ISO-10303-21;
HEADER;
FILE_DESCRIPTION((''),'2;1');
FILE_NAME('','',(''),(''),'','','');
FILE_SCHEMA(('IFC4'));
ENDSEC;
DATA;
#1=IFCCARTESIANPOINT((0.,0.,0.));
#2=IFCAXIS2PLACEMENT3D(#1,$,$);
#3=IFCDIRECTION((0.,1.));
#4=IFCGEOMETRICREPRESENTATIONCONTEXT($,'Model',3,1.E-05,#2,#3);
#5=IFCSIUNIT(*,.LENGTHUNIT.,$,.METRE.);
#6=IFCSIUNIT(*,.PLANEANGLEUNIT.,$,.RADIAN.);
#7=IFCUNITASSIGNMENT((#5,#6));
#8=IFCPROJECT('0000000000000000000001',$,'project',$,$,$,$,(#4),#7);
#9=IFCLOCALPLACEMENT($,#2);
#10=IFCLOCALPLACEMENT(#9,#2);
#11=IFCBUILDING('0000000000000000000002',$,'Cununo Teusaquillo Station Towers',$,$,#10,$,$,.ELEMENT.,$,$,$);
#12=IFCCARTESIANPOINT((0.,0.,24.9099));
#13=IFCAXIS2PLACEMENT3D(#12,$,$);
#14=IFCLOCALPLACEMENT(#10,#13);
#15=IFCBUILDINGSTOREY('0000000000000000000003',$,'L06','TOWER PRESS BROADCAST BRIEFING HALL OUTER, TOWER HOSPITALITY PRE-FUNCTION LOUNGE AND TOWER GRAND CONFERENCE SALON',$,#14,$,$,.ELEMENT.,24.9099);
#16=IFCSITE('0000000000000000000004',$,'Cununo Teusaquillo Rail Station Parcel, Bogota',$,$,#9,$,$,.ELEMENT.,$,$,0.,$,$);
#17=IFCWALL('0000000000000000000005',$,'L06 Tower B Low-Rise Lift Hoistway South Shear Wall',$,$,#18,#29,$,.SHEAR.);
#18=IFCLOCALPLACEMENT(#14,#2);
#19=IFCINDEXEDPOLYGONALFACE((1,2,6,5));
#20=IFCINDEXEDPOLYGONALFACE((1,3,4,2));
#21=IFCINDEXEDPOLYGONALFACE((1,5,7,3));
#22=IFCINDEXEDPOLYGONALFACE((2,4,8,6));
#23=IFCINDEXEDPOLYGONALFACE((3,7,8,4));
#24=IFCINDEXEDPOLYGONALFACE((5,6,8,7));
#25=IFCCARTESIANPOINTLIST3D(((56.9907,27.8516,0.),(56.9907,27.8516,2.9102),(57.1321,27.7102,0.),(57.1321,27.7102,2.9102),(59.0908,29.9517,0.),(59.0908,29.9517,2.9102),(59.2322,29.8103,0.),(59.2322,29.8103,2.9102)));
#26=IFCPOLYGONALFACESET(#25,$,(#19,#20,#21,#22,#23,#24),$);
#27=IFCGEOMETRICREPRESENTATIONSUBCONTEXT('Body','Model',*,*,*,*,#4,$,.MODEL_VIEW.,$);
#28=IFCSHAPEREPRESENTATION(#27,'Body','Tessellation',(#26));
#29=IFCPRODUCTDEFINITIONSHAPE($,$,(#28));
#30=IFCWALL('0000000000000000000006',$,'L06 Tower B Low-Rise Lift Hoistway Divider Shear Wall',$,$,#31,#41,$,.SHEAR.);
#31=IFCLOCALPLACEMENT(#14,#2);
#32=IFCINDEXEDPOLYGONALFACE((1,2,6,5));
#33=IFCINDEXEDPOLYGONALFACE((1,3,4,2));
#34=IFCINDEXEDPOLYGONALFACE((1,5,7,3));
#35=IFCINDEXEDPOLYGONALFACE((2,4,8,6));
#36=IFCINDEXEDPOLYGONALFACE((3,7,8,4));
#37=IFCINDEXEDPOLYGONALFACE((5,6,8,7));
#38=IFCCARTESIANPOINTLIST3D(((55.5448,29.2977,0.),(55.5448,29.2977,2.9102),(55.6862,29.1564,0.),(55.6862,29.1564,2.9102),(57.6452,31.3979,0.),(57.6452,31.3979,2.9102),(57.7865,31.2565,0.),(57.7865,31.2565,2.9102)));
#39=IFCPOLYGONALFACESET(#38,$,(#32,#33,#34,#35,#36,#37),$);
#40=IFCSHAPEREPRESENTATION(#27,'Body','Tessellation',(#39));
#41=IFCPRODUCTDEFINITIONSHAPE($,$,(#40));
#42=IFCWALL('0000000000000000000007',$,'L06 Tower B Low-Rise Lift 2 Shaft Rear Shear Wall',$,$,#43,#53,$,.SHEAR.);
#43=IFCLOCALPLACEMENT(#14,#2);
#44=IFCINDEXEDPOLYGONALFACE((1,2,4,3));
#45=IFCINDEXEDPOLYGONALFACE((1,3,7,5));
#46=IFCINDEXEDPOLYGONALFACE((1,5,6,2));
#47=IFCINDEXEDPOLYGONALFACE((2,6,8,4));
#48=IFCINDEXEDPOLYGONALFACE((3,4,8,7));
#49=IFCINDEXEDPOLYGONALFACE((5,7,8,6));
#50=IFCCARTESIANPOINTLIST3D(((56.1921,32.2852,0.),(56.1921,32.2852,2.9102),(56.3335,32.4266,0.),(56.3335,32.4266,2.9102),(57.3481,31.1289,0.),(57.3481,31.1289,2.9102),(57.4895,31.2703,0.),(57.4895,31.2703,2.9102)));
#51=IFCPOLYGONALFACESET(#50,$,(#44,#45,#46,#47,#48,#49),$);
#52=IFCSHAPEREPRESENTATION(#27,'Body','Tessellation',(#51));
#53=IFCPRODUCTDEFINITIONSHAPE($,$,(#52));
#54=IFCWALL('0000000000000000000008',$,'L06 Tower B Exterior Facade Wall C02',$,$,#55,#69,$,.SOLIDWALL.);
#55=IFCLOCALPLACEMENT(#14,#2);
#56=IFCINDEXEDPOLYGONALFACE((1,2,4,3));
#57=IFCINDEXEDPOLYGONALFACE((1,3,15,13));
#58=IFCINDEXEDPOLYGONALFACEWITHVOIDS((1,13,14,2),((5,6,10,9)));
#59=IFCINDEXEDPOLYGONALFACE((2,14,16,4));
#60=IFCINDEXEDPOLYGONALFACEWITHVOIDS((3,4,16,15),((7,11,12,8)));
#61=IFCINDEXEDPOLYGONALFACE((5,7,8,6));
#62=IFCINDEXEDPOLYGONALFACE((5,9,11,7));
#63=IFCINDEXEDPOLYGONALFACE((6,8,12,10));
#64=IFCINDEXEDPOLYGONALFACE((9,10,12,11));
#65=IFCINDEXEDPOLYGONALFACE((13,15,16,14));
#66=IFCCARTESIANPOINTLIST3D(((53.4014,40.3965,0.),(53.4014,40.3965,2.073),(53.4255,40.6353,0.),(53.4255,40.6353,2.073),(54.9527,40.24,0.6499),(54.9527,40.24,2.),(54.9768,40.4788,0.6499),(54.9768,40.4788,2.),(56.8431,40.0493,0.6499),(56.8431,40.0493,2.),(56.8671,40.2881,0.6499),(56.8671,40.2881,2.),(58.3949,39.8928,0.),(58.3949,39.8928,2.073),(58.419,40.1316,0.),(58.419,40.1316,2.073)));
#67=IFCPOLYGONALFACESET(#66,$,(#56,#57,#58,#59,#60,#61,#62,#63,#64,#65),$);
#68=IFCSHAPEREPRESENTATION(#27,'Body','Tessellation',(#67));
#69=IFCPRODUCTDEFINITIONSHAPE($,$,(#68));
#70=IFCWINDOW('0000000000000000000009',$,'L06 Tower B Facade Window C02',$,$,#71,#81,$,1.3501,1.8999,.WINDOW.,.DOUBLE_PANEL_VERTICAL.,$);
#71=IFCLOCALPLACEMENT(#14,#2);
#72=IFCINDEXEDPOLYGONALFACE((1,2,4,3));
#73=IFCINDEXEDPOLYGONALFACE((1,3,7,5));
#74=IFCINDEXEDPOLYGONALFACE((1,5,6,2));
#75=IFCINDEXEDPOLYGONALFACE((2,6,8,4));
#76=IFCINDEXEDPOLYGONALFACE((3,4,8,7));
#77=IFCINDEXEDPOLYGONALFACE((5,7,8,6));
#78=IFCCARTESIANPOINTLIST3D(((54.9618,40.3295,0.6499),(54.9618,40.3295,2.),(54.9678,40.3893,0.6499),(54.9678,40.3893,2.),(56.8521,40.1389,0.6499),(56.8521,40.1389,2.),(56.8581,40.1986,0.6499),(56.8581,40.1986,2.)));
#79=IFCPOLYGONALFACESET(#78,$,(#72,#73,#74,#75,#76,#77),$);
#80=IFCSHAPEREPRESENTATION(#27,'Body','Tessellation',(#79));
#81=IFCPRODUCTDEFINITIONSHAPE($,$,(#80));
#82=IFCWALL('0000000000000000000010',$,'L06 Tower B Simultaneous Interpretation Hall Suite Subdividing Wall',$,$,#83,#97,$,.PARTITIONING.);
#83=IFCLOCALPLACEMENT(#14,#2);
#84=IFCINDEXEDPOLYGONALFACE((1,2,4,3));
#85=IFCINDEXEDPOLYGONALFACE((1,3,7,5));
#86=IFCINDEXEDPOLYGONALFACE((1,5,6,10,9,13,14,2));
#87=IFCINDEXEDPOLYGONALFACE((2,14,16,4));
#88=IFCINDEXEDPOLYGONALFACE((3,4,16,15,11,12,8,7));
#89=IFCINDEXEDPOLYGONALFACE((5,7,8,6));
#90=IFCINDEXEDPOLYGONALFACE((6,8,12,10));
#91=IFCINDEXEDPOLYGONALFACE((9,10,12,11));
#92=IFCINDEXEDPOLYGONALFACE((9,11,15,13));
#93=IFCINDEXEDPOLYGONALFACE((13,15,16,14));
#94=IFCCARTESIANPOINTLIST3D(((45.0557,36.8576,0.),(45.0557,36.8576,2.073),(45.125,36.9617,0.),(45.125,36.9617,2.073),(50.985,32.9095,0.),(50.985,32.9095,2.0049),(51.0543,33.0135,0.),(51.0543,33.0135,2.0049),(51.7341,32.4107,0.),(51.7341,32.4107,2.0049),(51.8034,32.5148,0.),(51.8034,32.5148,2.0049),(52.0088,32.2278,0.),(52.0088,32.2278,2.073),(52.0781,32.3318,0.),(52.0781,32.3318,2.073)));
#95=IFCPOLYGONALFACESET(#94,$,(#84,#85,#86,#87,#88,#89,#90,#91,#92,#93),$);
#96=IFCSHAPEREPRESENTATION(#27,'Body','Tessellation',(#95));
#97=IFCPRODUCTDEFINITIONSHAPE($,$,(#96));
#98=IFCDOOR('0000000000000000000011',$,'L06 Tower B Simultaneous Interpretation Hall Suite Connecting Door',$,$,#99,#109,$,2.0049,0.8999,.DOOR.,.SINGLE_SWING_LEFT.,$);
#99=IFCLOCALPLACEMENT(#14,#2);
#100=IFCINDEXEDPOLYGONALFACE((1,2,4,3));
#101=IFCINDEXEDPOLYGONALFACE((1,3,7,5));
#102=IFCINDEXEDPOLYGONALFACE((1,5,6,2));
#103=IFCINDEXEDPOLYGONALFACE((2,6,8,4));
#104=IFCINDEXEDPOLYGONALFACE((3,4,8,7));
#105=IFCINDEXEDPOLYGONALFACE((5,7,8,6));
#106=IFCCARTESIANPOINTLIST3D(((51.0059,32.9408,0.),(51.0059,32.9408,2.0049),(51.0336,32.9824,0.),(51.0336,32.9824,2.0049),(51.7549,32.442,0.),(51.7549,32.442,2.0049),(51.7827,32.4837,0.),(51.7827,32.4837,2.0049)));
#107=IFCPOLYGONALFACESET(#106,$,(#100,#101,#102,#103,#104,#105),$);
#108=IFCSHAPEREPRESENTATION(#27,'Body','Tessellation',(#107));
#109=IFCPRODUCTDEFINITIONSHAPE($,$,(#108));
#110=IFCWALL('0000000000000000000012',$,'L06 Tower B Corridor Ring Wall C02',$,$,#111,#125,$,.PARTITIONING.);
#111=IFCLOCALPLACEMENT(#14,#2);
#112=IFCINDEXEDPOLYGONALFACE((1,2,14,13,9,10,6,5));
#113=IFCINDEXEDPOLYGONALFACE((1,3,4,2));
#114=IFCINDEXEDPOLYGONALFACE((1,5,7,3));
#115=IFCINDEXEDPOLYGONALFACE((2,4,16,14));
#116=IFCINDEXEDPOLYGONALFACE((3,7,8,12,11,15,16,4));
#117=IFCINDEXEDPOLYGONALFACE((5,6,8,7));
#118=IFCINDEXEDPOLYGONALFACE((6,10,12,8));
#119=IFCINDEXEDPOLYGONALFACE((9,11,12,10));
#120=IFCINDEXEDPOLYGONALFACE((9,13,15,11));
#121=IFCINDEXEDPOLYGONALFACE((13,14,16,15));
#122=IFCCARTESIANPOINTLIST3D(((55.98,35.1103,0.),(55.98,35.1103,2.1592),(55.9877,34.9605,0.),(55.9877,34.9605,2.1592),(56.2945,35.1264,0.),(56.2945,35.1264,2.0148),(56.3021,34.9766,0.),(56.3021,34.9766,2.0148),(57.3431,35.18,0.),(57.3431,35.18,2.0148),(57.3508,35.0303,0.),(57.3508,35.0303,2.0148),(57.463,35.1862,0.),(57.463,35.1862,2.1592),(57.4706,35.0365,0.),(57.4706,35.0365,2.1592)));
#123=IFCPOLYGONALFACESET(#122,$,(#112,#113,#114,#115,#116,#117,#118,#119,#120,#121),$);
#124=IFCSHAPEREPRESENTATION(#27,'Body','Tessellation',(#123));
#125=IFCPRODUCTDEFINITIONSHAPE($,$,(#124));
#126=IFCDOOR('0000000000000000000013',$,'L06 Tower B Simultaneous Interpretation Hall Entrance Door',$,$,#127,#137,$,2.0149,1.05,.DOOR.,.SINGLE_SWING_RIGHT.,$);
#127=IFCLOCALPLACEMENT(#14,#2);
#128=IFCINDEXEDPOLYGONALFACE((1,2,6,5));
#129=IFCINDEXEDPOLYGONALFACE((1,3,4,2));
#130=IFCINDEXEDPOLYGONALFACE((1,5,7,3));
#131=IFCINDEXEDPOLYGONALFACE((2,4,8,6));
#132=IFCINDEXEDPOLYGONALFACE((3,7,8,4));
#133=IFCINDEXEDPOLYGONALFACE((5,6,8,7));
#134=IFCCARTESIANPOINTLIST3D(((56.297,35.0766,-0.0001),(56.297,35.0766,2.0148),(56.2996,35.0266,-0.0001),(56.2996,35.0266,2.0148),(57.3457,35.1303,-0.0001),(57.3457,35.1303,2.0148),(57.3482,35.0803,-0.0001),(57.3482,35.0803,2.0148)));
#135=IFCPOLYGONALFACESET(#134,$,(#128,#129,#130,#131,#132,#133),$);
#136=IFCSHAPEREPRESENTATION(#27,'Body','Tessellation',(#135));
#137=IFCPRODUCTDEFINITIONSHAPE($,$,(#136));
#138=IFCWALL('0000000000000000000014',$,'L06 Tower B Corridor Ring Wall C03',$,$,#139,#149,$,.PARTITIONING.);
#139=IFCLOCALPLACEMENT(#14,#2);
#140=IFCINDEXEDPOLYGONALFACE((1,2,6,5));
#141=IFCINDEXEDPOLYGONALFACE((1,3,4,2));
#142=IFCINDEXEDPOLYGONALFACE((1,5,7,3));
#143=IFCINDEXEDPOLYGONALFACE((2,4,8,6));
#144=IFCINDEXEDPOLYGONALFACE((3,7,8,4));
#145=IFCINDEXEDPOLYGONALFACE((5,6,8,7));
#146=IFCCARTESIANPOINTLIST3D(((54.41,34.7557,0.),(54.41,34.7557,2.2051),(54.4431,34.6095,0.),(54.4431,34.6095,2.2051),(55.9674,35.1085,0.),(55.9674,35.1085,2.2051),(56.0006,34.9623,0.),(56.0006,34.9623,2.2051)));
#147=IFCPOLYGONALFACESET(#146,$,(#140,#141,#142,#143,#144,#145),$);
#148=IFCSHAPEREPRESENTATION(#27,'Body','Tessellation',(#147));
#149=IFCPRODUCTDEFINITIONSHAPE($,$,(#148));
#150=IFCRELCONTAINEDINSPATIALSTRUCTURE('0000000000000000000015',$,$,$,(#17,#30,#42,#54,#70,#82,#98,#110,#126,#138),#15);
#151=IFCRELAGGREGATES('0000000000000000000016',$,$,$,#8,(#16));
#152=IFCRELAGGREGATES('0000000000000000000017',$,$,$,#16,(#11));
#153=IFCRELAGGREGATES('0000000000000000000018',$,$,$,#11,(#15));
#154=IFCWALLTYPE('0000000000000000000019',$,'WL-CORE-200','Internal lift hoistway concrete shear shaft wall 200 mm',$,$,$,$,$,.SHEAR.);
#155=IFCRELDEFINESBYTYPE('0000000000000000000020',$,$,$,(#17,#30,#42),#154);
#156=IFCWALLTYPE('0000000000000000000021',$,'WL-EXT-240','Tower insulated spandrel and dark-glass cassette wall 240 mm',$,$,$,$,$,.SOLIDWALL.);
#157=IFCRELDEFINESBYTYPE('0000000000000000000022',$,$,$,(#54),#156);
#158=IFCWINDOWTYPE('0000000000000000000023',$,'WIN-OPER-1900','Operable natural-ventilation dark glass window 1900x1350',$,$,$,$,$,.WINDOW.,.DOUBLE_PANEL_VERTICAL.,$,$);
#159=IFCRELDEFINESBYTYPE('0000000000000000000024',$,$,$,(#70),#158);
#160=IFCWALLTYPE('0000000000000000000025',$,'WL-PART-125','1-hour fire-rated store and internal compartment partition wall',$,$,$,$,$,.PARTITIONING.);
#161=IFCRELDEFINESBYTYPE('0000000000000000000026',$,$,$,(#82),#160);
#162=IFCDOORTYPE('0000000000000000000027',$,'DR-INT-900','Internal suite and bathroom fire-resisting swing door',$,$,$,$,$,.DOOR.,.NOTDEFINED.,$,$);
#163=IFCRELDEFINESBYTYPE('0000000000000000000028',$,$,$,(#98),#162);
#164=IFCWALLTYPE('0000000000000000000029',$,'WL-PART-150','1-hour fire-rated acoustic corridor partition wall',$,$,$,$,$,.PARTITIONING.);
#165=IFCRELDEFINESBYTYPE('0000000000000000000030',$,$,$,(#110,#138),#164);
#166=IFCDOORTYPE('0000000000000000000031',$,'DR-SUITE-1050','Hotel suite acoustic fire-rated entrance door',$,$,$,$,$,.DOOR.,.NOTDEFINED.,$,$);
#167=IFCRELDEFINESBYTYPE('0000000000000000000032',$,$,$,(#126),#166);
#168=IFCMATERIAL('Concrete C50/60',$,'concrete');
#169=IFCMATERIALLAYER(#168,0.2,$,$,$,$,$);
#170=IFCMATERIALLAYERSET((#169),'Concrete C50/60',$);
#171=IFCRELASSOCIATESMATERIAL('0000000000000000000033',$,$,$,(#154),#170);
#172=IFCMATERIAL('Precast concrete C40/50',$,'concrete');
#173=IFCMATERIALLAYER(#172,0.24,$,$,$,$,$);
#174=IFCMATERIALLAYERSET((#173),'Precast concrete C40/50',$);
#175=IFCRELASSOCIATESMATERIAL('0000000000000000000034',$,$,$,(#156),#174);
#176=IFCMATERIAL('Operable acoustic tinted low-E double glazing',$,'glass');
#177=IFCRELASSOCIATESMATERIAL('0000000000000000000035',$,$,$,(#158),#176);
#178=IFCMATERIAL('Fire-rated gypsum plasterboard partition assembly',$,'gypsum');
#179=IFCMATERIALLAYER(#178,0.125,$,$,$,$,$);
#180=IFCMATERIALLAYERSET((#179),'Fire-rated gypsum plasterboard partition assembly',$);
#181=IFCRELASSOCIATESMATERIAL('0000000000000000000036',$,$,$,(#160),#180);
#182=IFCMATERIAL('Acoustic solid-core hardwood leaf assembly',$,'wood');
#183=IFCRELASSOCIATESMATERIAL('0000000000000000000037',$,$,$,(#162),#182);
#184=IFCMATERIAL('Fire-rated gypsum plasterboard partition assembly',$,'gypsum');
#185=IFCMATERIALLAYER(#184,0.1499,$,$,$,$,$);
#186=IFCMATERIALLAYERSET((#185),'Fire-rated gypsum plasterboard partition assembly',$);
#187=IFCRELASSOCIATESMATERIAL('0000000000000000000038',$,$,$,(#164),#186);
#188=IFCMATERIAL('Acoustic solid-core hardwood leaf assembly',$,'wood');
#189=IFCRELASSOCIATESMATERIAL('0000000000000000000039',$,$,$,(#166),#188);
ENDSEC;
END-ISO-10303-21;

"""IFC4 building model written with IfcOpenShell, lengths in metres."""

from ifc_helpers import new_model, si_unit, direction, frame, frame_2d, origin, place, context, subcontext, project, spatial, rectangle, extrude, source, transform, mapped, material, layer, layer_set, type_object, element, fill, save


model = new_model("IFC4")

# Units and contexts
model_context = context("Model", 3, precision=1e-05, world=origin(), true_north=direction((0.0, 1.0)))
body_context = subcontext(model_context, "Body", "Model", "MODEL_VIEW")
ifc_project = project(units=[si_unit("LENGTHUNIT", "METRE"), si_unit("PLANEANGLEUNIT", "RADIAN")], contexts=[model_context])

# Site, building, storey
site_placement = place(None, origin())
site = spatial("IfcSite", under=ifc_project, at=site_placement, Name="Cununo Teusaquillo Rail Station Parcel, Bogota", CompositionType="ELEMENT", RefElevation=0.0)
building_placement = place(site_placement, origin())
building = spatial("IfcBuilding", under=site, at=building_placement, Name="Cununo Teusaquillo Station Towers", CompositionType="ELEMENT")
storey_placement = place(building_placement, frame((0.0, 0.0, 24.9099)))
storey = spatial("IfcBuildingStorey", under=building, at=storey_placement, Name="L06", Description="TOWER PRESS BROADCAST BRIEFING HALL OUTER, TOWER HOSPITALITY PRE-FUNCTION LOUNGE AND TOWER GRAND CONFERENCE SALON", CompositionType="ELEMENT", Elevation=24.9099)

# Walls
ifc_material_1 = material(Name="Concrete C50/60", Category="concrete")
ifc_layer_1 = layer(ifc_material_1, 0.2)
ifc_layer_set_1 = layer_set([ifc_layer_1], Name="Concrete C50/60")
wall_type_1 = type_object("IfcWallType", Name="WL-CORE-200", Description="Internal lift hoistway concrete shear shaft wall 200 mm", PredefinedType="SHEAR", material=ifc_layer_set_1)
wall_1_placement = place(storey_placement, frame((57.0615, 27.781, 0.0), z_axis=(0.0, 0.0, 1.0), x_axis=(0.707107, 0.707107, 0.0)))
element("IfcWall", 1, at=wall_1_placement, inside=storey, type_object=wall_type_1, Name="L06 Tower B Low-Rise Lift Hoistway South Shear Wall", PredefinedType="SHEAR", context=body_context, shape_type="SweptSolid", body=[
    extrude(rectangle(XDim=2.97, YDim=0.2, at=frame_2d((1.4849, 0.0))), origin(), (0.0, 0.0, 1.0), 2.9102),
])
wall_2_placement = place(storey_placement, frame((55.6155, 29.2271, 0.0), z_axis=(0.0, 0.0, 1.0), x_axis=(0.707148, 0.707066, 0.0)))
element("IfcWall", 2, at=wall_2_placement, inside=storey, type_object=wall_type_1, Name="L06 Tower B Low-Rise Lift Hoistway Divider Shear Wall", PredefinedType="SHEAR", context=body_context, shape_type="SweptSolid", body=[
    extrude(rectangle(XDim=2.9702, YDim=0.2, at=frame_2d((1.4851, 0.0))), origin(), (0.0, 0.0, 1.0), 2.9102),
])
wall_3_placement = place(storey_placement, frame((57.4187, 31.1997, 0.0), z_axis=(0.0, 0.0, 1.0), x_axis=(-0.707032, 0.707181, 0.0)))
element("IfcWall", 3, at=wall_3_placement, inside=storey, type_object=wall_type_1, Name="L06 Tower B Low-Rise Lift 2 Shaft Rear Shear Wall", PredefinedType="SHEAR", context=body_context, shape_type="SweptSolid", body=[
    extrude(rectangle(XDim=1.635, YDim=0.2, at=frame_2d((0.8174, 0.0))), origin(), (0.0, 0.0, 1.0), 2.9102),
])

# Wall, opening, window
ifc_material_2 = material(Name="Precast concrete C40/50", Category="concrete")
ifc_layer_2 = layer(ifc_material_2, 0.24)
ifc_layer_set_2 = layer_set([ifc_layer_2], Name="Precast concrete C40/50")
wall_type_2 = type_object("IfcWallType", Name="WL-EXT-240", Description="Tower insulated spandrel and dark-glass cassette wall 240 mm", PredefinedType="SOLIDWALL", material=ifc_layer_set_2)
wall_4_placement = place(storey_placement, frame((53.4136, 40.5159, 0.0), z_axis=(0.0, 0.0, 1.0), x_axis=(0.994952, -0.100356, 0.0)))
wall_4 = element("IfcWall", 4, at=wall_4_placement, inside=storey, type_object=wall_type_2, Name="L06 Tower B Exterior Facade Wall C02", PredefinedType="SOLIDWALL", context=body_context, shape_type="SweptSolid", body=[
    extrude(rectangle(XDim=5.0188, YDim=0.24, at=frame_2d((2.5093, 0.0))), origin(), (0.0, 0.0, 1.0), 2.073),
])
shared_shape_1 = source(origin(), body_context, "Body", "SweptSolid", [
    extrude(rectangle(XDim=1.8999, YDim=1.3501, at=frame_2d((0.95, 0.675))), frame((0.0, 0.1299, 0.0), z_axis=(0.0, -1.0, 0.0), x_axis=(1.0, 0.0, 0.0)), (0.0, 0.0, 1.0), 0.26),
])
opening_1_placement = place(wall_4_placement, frame((1.5591, 0.0, 0.6499)))
opening_1 = element("IfcOpeningElement", 5, at=opening_1_placement, cuts=wall_4, PredefinedType="OPENING", context=body_context, shape_type="MappedRepresentation", body=[
    mapped(shared_shape_1, transform((0.0, 0.0, 0.0), x_axis=(1.0, 0.0, 0.0), y_axis=(0.0, 1.0, 0.0), z_axis=(0.0, 0.0, 1.0), scale=1.0)),
])
ifc_material_3 = material(Name="Operable acoustic tinted low-E double glazing", Category="glass")
window_type = type_object("IfcWindowType", Name="WIN-OPER-1900", Description="Operable natural-ventilation dark glass window 1900x1350", PartitioningType="DOUBLE_PANEL_VERTICAL", PredefinedType="WINDOW", material=ifc_material_3)
shared_shape_2 = source(origin(), body_context, "Body", "SweptSolid", [
    extrude(rectangle(XDim=1.8999, YDim=1.3501, at=frame_2d((0.95, 0.675))), frame((0.0, 0.03, 0.0), z_axis=(0.0, -1.0, 0.0), x_axis=(1.0, 0.0, 0.0)), (0.0, 0.0, 1.0), 0.0601),
])
window_placement = place(opening_1_placement, origin())
window = element("IfcWindow", 6, at=window_placement, inside=storey, type_object=window_type, Name="L06 Tower B Facade Window C02", OverallHeight=1.3501, OverallWidth=1.8999, PartitioningType="DOUBLE_PANEL_VERTICAL", PredefinedType="WINDOW", context=body_context, shape_type="MappedRepresentation", body=[
    mapped(shared_shape_2, transform((0.0, 0.0, 0.0), x_axis=(1.0, 0.0, 0.0), y_axis=(0.0, 1.0, 0.0), z_axis=(0.0, 0.0, 1.0), scale=1.0)),
])
fill(opening_1, window)

# Walls, openings, doors
ifc_material_4 = material(Name="Fire-rated gypsum plasterboard partition assembly", Category="gypsum")
ifc_layer_3 = layer(ifc_material_4, 0.125)
ifc_layer_set_3 = layer_set([ifc_layer_3], Name="Fire-rated gypsum plasterboard partition assembly")
wall_type_3 = type_object("IfcWallType", Name="WL-PART-125", Description="1-hour fire-rated store and internal compartment partition wall", PredefinedType="PARTITIONING", material=ifc_layer_set_3)
wall_5_placement = place(storey_placement, frame((52.0435, 32.2798, 0.0), z_axis=(0.0, 0.0, 1.0), x_axis=(-0.832356, 0.554241, 0.0)))
wall_5 = element("IfcWall", 7, at=wall_5_placement, inside=storey, type_object=wall_type_3, Name="L06 Tower B Simultaneous Interpretation Hall Suite Subdividing Wall", PredefinedType="PARTITIONING", context=body_context, shape_type="SweptSolid", body=[
    extrude(rectangle(XDim=8.3535, YDim=0.125, at=frame_2d((4.1768, 0.0))), origin(), (0.0, 0.0, 1.0), 2.073),
])
shared_shape_3 = source(origin(), body_context, "Body", "SweptSolid", [
    extrude(rectangle(XDim=0.8999, YDim=2.0049, at=frame_2d((0.45, 1.0024))), frame((0.0, 0.0725, 0.0), z_axis=(0.0, -1.0, 0.0), x_axis=(1.0, 0.0, 0.0)), (0.0, 0.0, 1.0), 0.145),
])
opening_2_placement = place(wall_5_placement, frame((0.3301, 0.0, 0.0)))
opening_2 = element("IfcOpeningElement", 8, at=opening_2_placement, cuts=wall_5, PredefinedType="OPENING", context=body_context, shape_type="MappedRepresentation", body=[
    mapped(shared_shape_3, transform((0.0, 0.0, 0.0), x_axis=(1.0, 0.0, 0.0), y_axis=(0.0, 1.0, 0.0), z_axis=(0.0, 0.0, 1.0), scale=1.0)),
])
ifc_material_5 = material(Name="Acoustic solid-core hardwood leaf assembly", Category="wood")
door_type_1 = type_object("IfcDoorType", Name="DR-INT-900", Description="Internal suite and bathroom fire-resisting swing door", OperationType="NOTDEFINED", PredefinedType="DOOR", material=ifc_material_5)
shared_shape_4 = source(origin(), body_context, "Body", "SweptSolid", [
    extrude(rectangle(XDim=0.8999, YDim=2.0049, at=frame_2d((0.45, 1.0024))), frame((0.0, 0.0249, 0.0), z_axis=(0.0, -1.0, 0.0), x_axis=(1.0, 0.0, 0.0)), (0.0, 0.0, 1.0), 0.05),
])
door_1_placement = place(opening_2_placement, origin())
door_1 = element("IfcDoor", 9, at=door_1_placement, inside=storey, type_object=door_type_1, Name="L06 Tower B Simultaneous Interpretation Hall Suite Connecting Door", OperationType="SINGLE_SWING_LEFT", OverallHeight=2.0049, OverallWidth=0.8999, PredefinedType="DOOR", context=body_context, shape_type="MappedRepresentation", body=[
    mapped(shared_shape_4, transform((0.0, 0.0, 0.0), x_axis=(1.0, 0.0, 0.0), y_axis=(0.0, 1.0, 0.0), z_axis=(0.0, 0.0, 1.0), scale=1.0)),
])
fill(opening_2, door_1)
ifc_material_6 = material(Name="Fire-rated gypsum plasterboard partition assembly", Category="gypsum")
ifc_layer_4 = layer(ifc_material_6, 0.1499)
ifc_layer_set_4 = layer_set([ifc_layer_4], Name="Fire-rated gypsum plasterboard partition assembly")
wall_type_4 = type_object("IfcWallType", Name="WL-PART-150", Description="1-hour fire-rated acoustic corridor partition wall", PredefinedType="PARTITIONING", material=ifc_layer_set_4)
wall_6_placement = place(storey_placement, frame((57.4668, 35.1113, 0.0), z_axis=(0.0, 0.0, 1.0), x_axis=(-0.998692, -0.051135, 0.0)))
wall_6 = element("IfcWall", 10, at=wall_6_placement, inside=storey, type_object=wall_type_4, Name="L06 Tower B Corridor Ring Wall C02", PredefinedType="PARTITIONING", context=body_context, shape_type="SweptSolid", body=[
    extrude(rectangle(XDim=1.4849, YDim=0.1499, at=frame_2d((0.7424, 0.0))), origin(), (0.0, 0.0, 1.0), 2.1592),
])
shared_shape_5 = source(origin(), body_context, "Body", "SweptSolid", [
    extrude(rectangle(XDim=1.05, YDim=2.0149, at=frame_2d((0.5249, 1.0073))), frame((0.0, 0.085, 0.0), z_axis=(0.0, -1.0, 0.0), x_axis=(1.0, 0.0, 0.0)), (0.0, 0.0, 1.0), 0.1699),
])
opening_3_placement = place(wall_6_placement, frame((0.1201, 0.0, 0.0)))
opening_3 = element("IfcOpeningElement", 11, at=opening_3_placement, cuts=wall_6, PredefinedType="OPENING", context=body_context, shape_type="MappedRepresentation", body=[
    mapped(shared_shape_5, transform((0.0, 0.0, 0.0), x_axis=(1.0, 0.0, 0.0), y_axis=(0.0, 1.0, 0.0), z_axis=(0.0, 0.0, 1.0), scale=1.0)),
])
ifc_material_7 = material(Name="Acoustic solid-core hardwood leaf assembly", Category="wood")
door_type_2 = type_object("IfcDoorType", Name="DR-SUITE-1050", Description="Hotel suite acoustic fire-rated entrance door", OperationType="NOTDEFINED", PredefinedType="DOOR", material=ifc_material_7)
shared_shape_6 = source(origin(), body_context, "Body", "SweptSolid", [
    extrude(rectangle(XDim=1.05, YDim=2.0149, at=frame_2d((0.5249, 1.0073))), frame((0.0, 0.0249, 0.0), z_axis=(0.0, -1.0, 0.0), x_axis=(1.0, 0.0, 0.0)), (0.0, 0.0, 1.0), 0.05),
])
door_2_placement = place(opening_3_placement, origin())
door_2 = element("IfcDoor", 12, at=door_2_placement, inside=storey, type_object=door_type_2, Name="L06 Tower B Simultaneous Interpretation Hall Entrance Door", OperationType="SINGLE_SWING_RIGHT", OverallHeight=2.0149, OverallWidth=1.05, PredefinedType="DOOR", context=body_context, shape_type="MappedRepresentation", body=[
    mapped(shared_shape_6, transform((0.0, 0.0, 0.0), x_axis=(1.0, 0.0, 0.0), y_axis=(0.0, 1.0, 0.0), z_axis=(0.0, 0.0, 1.0), scale=1.0)),
])
fill(opening_3, door_2)

# Wall
wall_7_placement = place(storey_placement, frame((55.9839, 35.0354, 0.0), z_axis=(0.0, 0.0, 1.0), x_axis=(-0.97529, -0.220927, 0.0)))
element("IfcWall", 13, at=wall_7_placement, inside=storey, type_object=wall_type_4, Name="L06 Tower B Corridor Ring Wall C03", PredefinedType="PARTITIONING", context=body_context, shape_type="SweptSolid", body=[
    extrude(rectangle(XDim=1.5969, YDim=0.1499, at=frame_2d((0.7983, 0.0))), origin(), (0.0, 0.0, 1.0), 2.2051),
])

save(model, "model.ifc")
